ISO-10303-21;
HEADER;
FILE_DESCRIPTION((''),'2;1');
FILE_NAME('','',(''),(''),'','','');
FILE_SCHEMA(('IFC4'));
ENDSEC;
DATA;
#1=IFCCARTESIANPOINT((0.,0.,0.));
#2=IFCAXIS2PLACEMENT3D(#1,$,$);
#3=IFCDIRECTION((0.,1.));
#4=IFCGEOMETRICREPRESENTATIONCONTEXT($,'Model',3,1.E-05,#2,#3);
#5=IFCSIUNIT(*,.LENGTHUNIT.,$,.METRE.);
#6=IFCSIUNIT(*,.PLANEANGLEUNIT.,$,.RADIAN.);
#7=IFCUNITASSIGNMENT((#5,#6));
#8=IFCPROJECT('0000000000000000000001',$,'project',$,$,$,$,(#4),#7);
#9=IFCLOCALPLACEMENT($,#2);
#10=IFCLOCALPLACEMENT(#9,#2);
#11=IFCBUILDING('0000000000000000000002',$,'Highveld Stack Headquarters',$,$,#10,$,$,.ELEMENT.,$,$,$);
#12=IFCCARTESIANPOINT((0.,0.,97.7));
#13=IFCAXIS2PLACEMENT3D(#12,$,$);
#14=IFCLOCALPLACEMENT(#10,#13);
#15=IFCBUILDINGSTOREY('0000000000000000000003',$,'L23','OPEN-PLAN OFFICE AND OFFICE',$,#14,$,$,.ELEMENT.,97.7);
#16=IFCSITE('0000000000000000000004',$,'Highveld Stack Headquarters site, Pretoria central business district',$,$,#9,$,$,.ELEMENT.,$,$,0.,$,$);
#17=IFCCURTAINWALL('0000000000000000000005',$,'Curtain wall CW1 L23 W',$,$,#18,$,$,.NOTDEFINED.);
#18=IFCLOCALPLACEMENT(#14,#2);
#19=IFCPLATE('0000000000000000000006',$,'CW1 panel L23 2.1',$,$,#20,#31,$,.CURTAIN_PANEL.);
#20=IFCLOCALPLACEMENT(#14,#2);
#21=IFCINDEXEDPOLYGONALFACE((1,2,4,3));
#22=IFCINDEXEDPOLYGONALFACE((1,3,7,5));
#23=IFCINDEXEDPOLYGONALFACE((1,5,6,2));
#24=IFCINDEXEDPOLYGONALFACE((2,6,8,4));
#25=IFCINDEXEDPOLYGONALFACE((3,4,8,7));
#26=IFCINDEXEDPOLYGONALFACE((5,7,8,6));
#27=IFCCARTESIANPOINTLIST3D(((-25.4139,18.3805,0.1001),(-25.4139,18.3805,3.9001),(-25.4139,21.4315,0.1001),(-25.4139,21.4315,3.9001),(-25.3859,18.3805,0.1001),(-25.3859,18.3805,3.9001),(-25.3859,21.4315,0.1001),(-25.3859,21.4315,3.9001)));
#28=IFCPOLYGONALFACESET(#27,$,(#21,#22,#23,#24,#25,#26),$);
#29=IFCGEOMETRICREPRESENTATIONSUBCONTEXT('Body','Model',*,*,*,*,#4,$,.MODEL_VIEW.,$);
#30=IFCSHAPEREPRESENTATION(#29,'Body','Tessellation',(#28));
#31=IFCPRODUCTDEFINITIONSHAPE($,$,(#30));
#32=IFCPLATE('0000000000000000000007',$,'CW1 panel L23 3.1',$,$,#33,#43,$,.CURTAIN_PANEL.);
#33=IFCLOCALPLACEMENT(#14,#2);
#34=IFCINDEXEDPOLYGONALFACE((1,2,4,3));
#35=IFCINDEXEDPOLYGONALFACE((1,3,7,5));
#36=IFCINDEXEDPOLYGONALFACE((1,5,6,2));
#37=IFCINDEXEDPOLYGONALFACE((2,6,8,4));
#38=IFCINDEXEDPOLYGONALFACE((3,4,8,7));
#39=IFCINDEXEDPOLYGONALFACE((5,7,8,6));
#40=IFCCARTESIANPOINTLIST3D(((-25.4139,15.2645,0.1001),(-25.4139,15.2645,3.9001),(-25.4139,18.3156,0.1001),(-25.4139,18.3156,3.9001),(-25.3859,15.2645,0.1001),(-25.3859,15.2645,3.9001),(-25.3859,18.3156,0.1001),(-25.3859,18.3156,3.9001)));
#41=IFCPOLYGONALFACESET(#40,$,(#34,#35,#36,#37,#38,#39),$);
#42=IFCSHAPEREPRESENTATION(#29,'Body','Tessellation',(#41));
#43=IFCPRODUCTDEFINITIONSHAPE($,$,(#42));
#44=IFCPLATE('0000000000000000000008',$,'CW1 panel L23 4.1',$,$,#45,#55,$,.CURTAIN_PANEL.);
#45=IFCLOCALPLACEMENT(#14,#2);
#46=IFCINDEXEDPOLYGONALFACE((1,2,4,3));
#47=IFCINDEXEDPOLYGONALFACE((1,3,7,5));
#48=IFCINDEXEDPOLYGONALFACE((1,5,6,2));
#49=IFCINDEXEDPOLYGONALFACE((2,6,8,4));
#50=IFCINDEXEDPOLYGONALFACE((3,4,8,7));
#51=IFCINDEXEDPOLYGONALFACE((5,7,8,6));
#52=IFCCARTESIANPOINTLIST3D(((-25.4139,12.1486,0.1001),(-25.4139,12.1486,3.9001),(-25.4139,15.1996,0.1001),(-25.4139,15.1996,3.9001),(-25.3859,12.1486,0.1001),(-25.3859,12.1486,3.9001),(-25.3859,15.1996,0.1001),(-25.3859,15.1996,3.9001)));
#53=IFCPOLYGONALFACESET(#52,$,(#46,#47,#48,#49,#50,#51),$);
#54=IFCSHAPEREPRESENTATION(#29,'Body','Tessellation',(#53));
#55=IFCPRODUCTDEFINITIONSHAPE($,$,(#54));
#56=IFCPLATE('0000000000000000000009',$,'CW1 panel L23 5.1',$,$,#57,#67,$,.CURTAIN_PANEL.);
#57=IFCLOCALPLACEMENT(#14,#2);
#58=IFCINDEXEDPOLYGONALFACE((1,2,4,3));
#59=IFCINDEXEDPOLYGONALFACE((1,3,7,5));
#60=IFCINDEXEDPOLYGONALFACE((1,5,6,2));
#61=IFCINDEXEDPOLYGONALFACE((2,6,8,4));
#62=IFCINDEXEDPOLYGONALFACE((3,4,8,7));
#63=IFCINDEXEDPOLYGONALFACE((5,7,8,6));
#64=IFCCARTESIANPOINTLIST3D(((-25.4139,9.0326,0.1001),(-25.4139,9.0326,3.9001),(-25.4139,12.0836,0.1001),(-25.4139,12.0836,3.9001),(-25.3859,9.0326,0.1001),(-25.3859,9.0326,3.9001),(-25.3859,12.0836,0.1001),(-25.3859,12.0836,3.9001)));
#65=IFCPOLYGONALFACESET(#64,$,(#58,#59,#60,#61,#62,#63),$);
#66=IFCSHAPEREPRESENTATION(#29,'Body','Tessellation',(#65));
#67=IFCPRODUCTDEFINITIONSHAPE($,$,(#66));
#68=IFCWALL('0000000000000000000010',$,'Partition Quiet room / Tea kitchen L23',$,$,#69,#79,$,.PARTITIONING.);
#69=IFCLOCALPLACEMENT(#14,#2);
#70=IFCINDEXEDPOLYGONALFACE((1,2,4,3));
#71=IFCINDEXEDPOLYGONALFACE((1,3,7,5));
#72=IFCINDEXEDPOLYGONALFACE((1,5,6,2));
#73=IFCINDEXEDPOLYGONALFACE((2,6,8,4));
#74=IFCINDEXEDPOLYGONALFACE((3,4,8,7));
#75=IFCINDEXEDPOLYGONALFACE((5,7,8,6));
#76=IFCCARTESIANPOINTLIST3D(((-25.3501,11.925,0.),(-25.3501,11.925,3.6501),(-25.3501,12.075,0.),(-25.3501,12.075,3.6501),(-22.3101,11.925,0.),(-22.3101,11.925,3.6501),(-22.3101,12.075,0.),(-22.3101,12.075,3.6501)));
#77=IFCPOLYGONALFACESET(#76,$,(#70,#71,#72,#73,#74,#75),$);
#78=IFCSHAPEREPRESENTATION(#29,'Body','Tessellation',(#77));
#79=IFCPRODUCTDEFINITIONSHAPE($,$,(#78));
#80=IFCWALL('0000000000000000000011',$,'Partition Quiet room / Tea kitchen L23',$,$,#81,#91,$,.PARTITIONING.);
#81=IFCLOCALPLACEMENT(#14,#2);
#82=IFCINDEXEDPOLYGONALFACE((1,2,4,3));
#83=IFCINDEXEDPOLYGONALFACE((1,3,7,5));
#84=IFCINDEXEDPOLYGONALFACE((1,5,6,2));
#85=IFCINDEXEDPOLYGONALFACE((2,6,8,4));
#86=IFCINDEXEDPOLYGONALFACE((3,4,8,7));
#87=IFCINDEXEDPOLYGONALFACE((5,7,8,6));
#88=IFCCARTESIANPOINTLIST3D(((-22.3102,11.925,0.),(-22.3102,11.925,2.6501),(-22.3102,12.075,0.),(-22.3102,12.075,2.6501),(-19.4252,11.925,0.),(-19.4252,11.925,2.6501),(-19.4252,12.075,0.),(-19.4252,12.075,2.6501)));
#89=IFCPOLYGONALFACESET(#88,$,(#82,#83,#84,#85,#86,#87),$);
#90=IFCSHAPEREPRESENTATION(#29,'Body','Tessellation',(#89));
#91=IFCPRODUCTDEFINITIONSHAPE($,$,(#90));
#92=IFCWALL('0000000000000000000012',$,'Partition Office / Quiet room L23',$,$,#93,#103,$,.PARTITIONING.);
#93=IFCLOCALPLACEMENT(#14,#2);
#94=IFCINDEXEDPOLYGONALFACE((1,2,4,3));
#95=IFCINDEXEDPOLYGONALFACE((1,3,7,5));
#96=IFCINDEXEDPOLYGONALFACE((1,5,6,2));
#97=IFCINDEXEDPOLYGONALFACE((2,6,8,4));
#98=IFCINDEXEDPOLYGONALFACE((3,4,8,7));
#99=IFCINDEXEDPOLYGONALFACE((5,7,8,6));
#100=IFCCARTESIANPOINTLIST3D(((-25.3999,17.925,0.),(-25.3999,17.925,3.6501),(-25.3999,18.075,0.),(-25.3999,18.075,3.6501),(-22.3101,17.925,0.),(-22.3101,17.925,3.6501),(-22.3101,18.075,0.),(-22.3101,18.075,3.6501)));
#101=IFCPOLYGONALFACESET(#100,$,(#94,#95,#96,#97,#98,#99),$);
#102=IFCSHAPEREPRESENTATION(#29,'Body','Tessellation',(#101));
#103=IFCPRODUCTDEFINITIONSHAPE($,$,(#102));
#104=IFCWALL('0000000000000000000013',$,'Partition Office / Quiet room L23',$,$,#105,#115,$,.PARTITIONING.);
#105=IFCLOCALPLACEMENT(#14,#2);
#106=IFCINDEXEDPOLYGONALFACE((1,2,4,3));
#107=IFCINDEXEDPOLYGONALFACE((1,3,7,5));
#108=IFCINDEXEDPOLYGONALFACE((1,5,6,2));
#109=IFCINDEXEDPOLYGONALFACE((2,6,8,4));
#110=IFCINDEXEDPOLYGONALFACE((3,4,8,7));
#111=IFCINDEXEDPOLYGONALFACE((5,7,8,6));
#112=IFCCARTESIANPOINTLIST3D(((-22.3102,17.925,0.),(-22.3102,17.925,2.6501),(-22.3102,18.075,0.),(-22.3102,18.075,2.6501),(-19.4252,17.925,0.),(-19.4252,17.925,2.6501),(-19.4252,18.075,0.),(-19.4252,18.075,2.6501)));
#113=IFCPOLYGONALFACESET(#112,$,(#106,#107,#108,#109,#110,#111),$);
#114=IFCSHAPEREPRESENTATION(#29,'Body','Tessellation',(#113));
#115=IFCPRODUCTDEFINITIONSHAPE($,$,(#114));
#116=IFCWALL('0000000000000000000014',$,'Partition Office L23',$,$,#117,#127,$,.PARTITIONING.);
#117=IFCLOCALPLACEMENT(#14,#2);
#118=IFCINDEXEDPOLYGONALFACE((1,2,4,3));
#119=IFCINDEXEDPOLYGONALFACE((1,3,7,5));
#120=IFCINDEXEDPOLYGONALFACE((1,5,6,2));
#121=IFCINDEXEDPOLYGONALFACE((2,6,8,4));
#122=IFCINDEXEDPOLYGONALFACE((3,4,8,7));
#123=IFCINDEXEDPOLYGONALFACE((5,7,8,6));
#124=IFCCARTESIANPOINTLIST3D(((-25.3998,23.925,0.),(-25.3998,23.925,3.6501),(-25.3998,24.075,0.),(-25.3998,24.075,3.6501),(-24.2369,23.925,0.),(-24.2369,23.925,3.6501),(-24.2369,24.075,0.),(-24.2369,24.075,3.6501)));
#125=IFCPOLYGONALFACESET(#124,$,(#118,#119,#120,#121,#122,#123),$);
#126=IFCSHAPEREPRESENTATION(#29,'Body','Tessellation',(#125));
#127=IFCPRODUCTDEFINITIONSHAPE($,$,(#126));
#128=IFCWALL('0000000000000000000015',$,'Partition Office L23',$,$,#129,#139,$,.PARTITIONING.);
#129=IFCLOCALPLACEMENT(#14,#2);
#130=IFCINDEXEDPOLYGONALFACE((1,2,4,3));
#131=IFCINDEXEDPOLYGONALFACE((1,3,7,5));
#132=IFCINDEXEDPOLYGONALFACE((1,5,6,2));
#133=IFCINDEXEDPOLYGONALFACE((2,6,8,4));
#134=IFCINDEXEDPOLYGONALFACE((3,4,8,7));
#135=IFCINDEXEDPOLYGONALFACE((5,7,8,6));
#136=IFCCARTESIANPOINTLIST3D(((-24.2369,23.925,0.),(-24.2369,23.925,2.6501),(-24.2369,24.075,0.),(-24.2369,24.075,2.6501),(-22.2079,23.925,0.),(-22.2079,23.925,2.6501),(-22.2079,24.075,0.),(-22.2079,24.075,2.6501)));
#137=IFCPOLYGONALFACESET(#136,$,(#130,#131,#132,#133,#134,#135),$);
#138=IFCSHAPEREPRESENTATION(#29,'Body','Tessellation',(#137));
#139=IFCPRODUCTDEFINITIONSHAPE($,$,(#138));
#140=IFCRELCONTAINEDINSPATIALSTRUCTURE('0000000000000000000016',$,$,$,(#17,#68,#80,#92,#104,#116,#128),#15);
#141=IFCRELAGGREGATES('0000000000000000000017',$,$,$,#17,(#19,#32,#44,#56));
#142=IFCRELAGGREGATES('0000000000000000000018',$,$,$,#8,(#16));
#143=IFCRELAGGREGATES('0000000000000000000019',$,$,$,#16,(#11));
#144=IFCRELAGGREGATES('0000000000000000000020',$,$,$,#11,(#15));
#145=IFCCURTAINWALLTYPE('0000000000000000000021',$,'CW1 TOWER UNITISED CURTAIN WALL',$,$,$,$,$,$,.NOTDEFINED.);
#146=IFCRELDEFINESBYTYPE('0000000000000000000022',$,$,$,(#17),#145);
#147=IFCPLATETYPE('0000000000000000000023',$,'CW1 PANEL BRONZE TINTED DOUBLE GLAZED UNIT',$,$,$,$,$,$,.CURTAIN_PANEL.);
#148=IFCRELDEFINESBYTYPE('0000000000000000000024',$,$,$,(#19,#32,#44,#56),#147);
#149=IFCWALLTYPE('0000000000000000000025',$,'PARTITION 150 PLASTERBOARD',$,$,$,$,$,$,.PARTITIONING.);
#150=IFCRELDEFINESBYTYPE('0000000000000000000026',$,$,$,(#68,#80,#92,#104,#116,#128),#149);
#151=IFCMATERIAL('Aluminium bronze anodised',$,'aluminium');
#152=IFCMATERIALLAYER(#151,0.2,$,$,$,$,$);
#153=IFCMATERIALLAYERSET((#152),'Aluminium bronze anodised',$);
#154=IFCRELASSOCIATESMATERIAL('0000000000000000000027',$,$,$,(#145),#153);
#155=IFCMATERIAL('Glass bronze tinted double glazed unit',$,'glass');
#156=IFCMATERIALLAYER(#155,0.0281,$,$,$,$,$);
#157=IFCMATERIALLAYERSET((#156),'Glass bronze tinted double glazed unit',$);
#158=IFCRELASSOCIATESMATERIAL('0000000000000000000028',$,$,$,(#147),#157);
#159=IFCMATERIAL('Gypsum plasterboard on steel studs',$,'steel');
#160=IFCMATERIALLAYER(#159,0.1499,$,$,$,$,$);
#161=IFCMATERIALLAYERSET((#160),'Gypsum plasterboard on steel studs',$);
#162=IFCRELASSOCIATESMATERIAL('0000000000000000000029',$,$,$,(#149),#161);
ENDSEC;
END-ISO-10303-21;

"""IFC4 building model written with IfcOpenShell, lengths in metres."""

from ifc_helpers import new_model, si_unit, direction, frame, frame_2d, origin, origin_2d, place, context, subcontext, project, spatial, rectangle, extrude, material, layer, layer_set, type_object, element, aggregate, save


model = new_model("IFC4")

# Units and contexts
model_context = context("Model", 3, precision=1e-05, world=origin(), true_north=direction((0.0, 1.0)))
body_context = subcontext(model_context, "Body", "Model", "MODEL_VIEW")
ifc_project = project(units=[si_unit("LENGTHUNIT", "METRE"), si_unit("PLANEANGLEUNIT", "RADIAN")], contexts=[model_context])

# Site, building, storey
site_placement = place(None, origin())
site = spatial("IfcSite", under=ifc_project, at=site_placement, Name="Highveld Stack Headquarters site, Pretoria central business district", CompositionType="ELEMENT", RefElevation=0.0)
building_placement = place(site_placement, origin())
building = spatial("IfcBuilding", under=site, at=building_placement, Name="Highveld Stack Headquarters", CompositionType="ELEMENT")
storey_placement = place(building_placement, frame((0.0, 0.0, 97.7)))
storey = spatial("IfcBuildingStorey", under=building, at=storey_placement, Name="L23", Description="OPEN-PLAN OFFICE AND OFFICE", CompositionType="ELEMENT", Elevation=97.7)

# Curtain wall, plates
ifc_material_1 = material(Name="Aluminium bronze anodised", Category="aluminium")
ifc_layer_1 = layer(ifc_material_1, 0.2)
ifc_layer_set_1 = layer_set([ifc_layer_1], Name="Aluminium bronze anodised")
curtain_wall_type = type_object("IfcCurtainWallType", Name="CW1 TOWER UNITISED CURTAIN WALL", PredefinedType="NOTDEFINED", material=ifc_layer_set_1)
curtain_wall_placement = place(storey_placement, origin())
curtain_wall = element("IfcCurtainWall", 1, at=curtain_wall_placement, inside=storey, type_object=curtain_wall_type, Name="Curtain wall CW1 L23 W", PredefinedType="NOTDEFINED")
ifc_material_2 = material(Name="Glass bronze tinted double glazed unit", Category="glass")
ifc_layer_2 = layer(ifc_material_2, 0.0281)
ifc_layer_set_2 = layer_set([ifc_layer_2], Name="Glass bronze tinted double glazed unit")
plate_type = type_object("IfcPlateType", Name="CW1 PANEL BRONZE TINTED DOUBLE GLAZED UNIT", PredefinedType="CURTAIN_PANEL", material=ifc_layer_set_2)
plate_1_placement = place(storey_placement, frame((-25.3999, 19.906, 0.1001), z_axis=(0.0, 0.0, 1.0), x_axis=(0.0, -1.0, 0.0)))
plate_1 = element("IfcPlate", 2, at=plate_1_placement, type_object=plate_type, Name="CW1 panel L23 2.1", PredefinedType="CURTAIN_PANEL", context=body_context, shape_type="SweptSolid", body=[
    extrude(rectangle(XDim=3.051, YDim=0.0281, at=origin_2d()), origin(), (0.0, 0.0, 1.0), 3.8),
])
plate_2_placement = place(storey_placement, frame((-25.3999, 16.79, 0.1001), z_axis=(0.0, 0.0, 1.0), x_axis=(0.0, -1.0, 0.0)))
plate_2 = element("IfcPlate", 3, at=plate_2_placement, type_object=plate_type, Name="CW1 panel L23 3.1", PredefinedType="CURTAIN_PANEL", context=body_context, shape_type="SweptSolid", body=[
    extrude(rectangle(XDim=3.051, YDim=0.0281, at=origin_2d()), origin(), (0.0, 0.0, 1.0), 3.8),
])
plate_3_placement = place(storey_placement, frame((-25.3999, 13.6741, 0.1001), z_axis=(0.0, 0.0, 1.0), x_axis=(0.0, -1.0, 0.0)))
plate_3 = element("IfcPlate", 4, at=plate_3_placement, type_object=plate_type, Name="CW1 panel L23 4.1", PredefinedType="CURTAIN_PANEL", context=body_context, shape_type="SweptSolid", body=[
    extrude(rectangle(XDim=3.051, YDim=0.0281, at=origin_2d()), origin(), (0.0, 0.0, 1.0), 3.8),
])
plate_4_placement = place(storey_placement, frame((-25.3999, 10.5581, 0.1001), z_axis=(0.0, 0.0, 1.0), x_axis=(0.0, -1.0, 0.0)))
plate_4 = element("IfcPlate", 5, at=plate_4_placement, type_object=plate_type, Name="CW1 panel L23 5.1", PredefinedType="CURTAIN_PANEL", context=body_context, shape_type="SweptSolid", body=[
    extrude(rectangle(XDim=3.051, YDim=0.0281, at=origin_2d()), origin(), (0.0, 0.0, 1.0), 3.8),
])
aggregate(curtain_wall, [plate_1, plate_2, plate_3, plate_4])

# Walls
ifc_material_3 = material(Name="Gypsum plasterboard on steel studs", Category="steel")
ifc_layer_3 = layer(ifc_material_3, 0.1499)
ifc_layer_set_3 = layer_set([ifc_layer_3], Name="Gypsum plasterboard on steel studs")
wall_type = type_object("IfcWallType", Name="PARTITION 150 PLASTERBOARD", PredefinedType="PARTITIONING", material=ifc_layer_set_3)
wall_1_placement = place(storey_placement, frame((-25.3501, 12.0, 0.0), z_axis=(0.0, 0.0, 1.0), x_axis=(1.0, 0.0, 0.0)))
element("IfcWall", 6, at=wall_1_placement, inside=storey, type_object=wall_type, Name="Partition Quiet room / Tea kitchen L23", PredefinedType="PARTITIONING", context=body_context, shape_type="SweptSolid", body=[
    extrude(rectangle(XDim=3.04, YDim=0.1499, at=frame_2d((1.52, 0.0))), origin(), (0.0, 0.0, 1.0), 3.6501),
])
wall_2_placement = place(storey_placement, frame((-22.3101, 12.0, 0.0), z_axis=(0.0, 0.0, 1.0), x_axis=(1.0, 0.0, 0.0)))
element("IfcWall", 7, at=wall_2_placement, inside=storey, type_object=wall_type, Name="Partition Quiet room / Tea kitchen L23", PredefinedType="PARTITIONING", context=body_context, shape_type="SweptSolid", body=[
    extrude(rectangle(XDim=2.885, YDim=0.1499, at=frame_2d((1.4424, 0.0))), origin(), (0.0, 0.0, 1.0), 2.6501),
])
wall_3_placement = place(storey_placement, frame((-25.3999, 18.0, 0.0), z_axis=(0.0, 0.0, 1.0), x_axis=(1.0, 0.0, 0.0)))
element("IfcWall", 8, at=wall_3_placement, inside=storey, type_object=wall_type, Name="Partition Office / Quiet room L23", PredefinedType="PARTITIONING", context=body_context, shape_type="SweptSolid", body=[
    extrude(rectangle(XDim=3.0898, YDim=0.1499, at=frame_2d((1.5449, 0.0))), origin(), (0.0, 0.0, 1.0), 3.6501),
])
wall_4_placement = place(storey_placement, frame((-22.3101, 18.0, 0.0), z_axis=(0.0, 0.0, 1.0), x_axis=(1.0, 0.0, 0.0)))
element("IfcWall", 9, at=wall_4_placement, inside=storey, type_object=wall_type, Name="Partition Office / Quiet room L23", PredefinedType="PARTITIONING", context=body_context, shape_type="SweptSolid", body=[
    extrude(rectangle(XDim=2.885, YDim=0.1499, at=frame_2d((1.4424, 0.0))), origin(), (0.0, 0.0, 1.0), 2.6501),
])
wall_5_placement = place(storey_placement, frame((-25.3999, 24.0, 0.0), z_axis=(0.0, 0.0, 1.0), x_axis=(1.0, 0.0, 0.0)))
element("IfcWall", 10, at=wall_5_placement, inside=storey, type_object=wall_type, Name="Partition Office L23", PredefinedType="PARTITIONING", context=body_context, shape_type="SweptSolid", body=[
    extrude(rectangle(XDim=1.1628, YDim=0.1499, at=frame_2d((0.5815, 0.0))), origin(), (0.0, 0.0, 1.0), 3.6501),
])
wall_6_placement = place(storey_placement, frame((-24.2371, 24.0, 0.0), z_axis=(0.0, 0.0, 1.0), x_axis=(1.0, 0.0, 0.0)))
element("IfcWall", 11, at=wall_6_placement, inside=storey, type_object=wall_type, Name="Partition Office L23", PredefinedType="PARTITIONING", context=body_context, shape_type="SweptSolid", body=[
    extrude(rectangle(XDim=2.0291, YDim=0.1499, at=frame_2d((1.0146, 0.0))), origin(), (0.0, 0.0, 1.0), 2.6501),
])

save(model, "model.ifc")
